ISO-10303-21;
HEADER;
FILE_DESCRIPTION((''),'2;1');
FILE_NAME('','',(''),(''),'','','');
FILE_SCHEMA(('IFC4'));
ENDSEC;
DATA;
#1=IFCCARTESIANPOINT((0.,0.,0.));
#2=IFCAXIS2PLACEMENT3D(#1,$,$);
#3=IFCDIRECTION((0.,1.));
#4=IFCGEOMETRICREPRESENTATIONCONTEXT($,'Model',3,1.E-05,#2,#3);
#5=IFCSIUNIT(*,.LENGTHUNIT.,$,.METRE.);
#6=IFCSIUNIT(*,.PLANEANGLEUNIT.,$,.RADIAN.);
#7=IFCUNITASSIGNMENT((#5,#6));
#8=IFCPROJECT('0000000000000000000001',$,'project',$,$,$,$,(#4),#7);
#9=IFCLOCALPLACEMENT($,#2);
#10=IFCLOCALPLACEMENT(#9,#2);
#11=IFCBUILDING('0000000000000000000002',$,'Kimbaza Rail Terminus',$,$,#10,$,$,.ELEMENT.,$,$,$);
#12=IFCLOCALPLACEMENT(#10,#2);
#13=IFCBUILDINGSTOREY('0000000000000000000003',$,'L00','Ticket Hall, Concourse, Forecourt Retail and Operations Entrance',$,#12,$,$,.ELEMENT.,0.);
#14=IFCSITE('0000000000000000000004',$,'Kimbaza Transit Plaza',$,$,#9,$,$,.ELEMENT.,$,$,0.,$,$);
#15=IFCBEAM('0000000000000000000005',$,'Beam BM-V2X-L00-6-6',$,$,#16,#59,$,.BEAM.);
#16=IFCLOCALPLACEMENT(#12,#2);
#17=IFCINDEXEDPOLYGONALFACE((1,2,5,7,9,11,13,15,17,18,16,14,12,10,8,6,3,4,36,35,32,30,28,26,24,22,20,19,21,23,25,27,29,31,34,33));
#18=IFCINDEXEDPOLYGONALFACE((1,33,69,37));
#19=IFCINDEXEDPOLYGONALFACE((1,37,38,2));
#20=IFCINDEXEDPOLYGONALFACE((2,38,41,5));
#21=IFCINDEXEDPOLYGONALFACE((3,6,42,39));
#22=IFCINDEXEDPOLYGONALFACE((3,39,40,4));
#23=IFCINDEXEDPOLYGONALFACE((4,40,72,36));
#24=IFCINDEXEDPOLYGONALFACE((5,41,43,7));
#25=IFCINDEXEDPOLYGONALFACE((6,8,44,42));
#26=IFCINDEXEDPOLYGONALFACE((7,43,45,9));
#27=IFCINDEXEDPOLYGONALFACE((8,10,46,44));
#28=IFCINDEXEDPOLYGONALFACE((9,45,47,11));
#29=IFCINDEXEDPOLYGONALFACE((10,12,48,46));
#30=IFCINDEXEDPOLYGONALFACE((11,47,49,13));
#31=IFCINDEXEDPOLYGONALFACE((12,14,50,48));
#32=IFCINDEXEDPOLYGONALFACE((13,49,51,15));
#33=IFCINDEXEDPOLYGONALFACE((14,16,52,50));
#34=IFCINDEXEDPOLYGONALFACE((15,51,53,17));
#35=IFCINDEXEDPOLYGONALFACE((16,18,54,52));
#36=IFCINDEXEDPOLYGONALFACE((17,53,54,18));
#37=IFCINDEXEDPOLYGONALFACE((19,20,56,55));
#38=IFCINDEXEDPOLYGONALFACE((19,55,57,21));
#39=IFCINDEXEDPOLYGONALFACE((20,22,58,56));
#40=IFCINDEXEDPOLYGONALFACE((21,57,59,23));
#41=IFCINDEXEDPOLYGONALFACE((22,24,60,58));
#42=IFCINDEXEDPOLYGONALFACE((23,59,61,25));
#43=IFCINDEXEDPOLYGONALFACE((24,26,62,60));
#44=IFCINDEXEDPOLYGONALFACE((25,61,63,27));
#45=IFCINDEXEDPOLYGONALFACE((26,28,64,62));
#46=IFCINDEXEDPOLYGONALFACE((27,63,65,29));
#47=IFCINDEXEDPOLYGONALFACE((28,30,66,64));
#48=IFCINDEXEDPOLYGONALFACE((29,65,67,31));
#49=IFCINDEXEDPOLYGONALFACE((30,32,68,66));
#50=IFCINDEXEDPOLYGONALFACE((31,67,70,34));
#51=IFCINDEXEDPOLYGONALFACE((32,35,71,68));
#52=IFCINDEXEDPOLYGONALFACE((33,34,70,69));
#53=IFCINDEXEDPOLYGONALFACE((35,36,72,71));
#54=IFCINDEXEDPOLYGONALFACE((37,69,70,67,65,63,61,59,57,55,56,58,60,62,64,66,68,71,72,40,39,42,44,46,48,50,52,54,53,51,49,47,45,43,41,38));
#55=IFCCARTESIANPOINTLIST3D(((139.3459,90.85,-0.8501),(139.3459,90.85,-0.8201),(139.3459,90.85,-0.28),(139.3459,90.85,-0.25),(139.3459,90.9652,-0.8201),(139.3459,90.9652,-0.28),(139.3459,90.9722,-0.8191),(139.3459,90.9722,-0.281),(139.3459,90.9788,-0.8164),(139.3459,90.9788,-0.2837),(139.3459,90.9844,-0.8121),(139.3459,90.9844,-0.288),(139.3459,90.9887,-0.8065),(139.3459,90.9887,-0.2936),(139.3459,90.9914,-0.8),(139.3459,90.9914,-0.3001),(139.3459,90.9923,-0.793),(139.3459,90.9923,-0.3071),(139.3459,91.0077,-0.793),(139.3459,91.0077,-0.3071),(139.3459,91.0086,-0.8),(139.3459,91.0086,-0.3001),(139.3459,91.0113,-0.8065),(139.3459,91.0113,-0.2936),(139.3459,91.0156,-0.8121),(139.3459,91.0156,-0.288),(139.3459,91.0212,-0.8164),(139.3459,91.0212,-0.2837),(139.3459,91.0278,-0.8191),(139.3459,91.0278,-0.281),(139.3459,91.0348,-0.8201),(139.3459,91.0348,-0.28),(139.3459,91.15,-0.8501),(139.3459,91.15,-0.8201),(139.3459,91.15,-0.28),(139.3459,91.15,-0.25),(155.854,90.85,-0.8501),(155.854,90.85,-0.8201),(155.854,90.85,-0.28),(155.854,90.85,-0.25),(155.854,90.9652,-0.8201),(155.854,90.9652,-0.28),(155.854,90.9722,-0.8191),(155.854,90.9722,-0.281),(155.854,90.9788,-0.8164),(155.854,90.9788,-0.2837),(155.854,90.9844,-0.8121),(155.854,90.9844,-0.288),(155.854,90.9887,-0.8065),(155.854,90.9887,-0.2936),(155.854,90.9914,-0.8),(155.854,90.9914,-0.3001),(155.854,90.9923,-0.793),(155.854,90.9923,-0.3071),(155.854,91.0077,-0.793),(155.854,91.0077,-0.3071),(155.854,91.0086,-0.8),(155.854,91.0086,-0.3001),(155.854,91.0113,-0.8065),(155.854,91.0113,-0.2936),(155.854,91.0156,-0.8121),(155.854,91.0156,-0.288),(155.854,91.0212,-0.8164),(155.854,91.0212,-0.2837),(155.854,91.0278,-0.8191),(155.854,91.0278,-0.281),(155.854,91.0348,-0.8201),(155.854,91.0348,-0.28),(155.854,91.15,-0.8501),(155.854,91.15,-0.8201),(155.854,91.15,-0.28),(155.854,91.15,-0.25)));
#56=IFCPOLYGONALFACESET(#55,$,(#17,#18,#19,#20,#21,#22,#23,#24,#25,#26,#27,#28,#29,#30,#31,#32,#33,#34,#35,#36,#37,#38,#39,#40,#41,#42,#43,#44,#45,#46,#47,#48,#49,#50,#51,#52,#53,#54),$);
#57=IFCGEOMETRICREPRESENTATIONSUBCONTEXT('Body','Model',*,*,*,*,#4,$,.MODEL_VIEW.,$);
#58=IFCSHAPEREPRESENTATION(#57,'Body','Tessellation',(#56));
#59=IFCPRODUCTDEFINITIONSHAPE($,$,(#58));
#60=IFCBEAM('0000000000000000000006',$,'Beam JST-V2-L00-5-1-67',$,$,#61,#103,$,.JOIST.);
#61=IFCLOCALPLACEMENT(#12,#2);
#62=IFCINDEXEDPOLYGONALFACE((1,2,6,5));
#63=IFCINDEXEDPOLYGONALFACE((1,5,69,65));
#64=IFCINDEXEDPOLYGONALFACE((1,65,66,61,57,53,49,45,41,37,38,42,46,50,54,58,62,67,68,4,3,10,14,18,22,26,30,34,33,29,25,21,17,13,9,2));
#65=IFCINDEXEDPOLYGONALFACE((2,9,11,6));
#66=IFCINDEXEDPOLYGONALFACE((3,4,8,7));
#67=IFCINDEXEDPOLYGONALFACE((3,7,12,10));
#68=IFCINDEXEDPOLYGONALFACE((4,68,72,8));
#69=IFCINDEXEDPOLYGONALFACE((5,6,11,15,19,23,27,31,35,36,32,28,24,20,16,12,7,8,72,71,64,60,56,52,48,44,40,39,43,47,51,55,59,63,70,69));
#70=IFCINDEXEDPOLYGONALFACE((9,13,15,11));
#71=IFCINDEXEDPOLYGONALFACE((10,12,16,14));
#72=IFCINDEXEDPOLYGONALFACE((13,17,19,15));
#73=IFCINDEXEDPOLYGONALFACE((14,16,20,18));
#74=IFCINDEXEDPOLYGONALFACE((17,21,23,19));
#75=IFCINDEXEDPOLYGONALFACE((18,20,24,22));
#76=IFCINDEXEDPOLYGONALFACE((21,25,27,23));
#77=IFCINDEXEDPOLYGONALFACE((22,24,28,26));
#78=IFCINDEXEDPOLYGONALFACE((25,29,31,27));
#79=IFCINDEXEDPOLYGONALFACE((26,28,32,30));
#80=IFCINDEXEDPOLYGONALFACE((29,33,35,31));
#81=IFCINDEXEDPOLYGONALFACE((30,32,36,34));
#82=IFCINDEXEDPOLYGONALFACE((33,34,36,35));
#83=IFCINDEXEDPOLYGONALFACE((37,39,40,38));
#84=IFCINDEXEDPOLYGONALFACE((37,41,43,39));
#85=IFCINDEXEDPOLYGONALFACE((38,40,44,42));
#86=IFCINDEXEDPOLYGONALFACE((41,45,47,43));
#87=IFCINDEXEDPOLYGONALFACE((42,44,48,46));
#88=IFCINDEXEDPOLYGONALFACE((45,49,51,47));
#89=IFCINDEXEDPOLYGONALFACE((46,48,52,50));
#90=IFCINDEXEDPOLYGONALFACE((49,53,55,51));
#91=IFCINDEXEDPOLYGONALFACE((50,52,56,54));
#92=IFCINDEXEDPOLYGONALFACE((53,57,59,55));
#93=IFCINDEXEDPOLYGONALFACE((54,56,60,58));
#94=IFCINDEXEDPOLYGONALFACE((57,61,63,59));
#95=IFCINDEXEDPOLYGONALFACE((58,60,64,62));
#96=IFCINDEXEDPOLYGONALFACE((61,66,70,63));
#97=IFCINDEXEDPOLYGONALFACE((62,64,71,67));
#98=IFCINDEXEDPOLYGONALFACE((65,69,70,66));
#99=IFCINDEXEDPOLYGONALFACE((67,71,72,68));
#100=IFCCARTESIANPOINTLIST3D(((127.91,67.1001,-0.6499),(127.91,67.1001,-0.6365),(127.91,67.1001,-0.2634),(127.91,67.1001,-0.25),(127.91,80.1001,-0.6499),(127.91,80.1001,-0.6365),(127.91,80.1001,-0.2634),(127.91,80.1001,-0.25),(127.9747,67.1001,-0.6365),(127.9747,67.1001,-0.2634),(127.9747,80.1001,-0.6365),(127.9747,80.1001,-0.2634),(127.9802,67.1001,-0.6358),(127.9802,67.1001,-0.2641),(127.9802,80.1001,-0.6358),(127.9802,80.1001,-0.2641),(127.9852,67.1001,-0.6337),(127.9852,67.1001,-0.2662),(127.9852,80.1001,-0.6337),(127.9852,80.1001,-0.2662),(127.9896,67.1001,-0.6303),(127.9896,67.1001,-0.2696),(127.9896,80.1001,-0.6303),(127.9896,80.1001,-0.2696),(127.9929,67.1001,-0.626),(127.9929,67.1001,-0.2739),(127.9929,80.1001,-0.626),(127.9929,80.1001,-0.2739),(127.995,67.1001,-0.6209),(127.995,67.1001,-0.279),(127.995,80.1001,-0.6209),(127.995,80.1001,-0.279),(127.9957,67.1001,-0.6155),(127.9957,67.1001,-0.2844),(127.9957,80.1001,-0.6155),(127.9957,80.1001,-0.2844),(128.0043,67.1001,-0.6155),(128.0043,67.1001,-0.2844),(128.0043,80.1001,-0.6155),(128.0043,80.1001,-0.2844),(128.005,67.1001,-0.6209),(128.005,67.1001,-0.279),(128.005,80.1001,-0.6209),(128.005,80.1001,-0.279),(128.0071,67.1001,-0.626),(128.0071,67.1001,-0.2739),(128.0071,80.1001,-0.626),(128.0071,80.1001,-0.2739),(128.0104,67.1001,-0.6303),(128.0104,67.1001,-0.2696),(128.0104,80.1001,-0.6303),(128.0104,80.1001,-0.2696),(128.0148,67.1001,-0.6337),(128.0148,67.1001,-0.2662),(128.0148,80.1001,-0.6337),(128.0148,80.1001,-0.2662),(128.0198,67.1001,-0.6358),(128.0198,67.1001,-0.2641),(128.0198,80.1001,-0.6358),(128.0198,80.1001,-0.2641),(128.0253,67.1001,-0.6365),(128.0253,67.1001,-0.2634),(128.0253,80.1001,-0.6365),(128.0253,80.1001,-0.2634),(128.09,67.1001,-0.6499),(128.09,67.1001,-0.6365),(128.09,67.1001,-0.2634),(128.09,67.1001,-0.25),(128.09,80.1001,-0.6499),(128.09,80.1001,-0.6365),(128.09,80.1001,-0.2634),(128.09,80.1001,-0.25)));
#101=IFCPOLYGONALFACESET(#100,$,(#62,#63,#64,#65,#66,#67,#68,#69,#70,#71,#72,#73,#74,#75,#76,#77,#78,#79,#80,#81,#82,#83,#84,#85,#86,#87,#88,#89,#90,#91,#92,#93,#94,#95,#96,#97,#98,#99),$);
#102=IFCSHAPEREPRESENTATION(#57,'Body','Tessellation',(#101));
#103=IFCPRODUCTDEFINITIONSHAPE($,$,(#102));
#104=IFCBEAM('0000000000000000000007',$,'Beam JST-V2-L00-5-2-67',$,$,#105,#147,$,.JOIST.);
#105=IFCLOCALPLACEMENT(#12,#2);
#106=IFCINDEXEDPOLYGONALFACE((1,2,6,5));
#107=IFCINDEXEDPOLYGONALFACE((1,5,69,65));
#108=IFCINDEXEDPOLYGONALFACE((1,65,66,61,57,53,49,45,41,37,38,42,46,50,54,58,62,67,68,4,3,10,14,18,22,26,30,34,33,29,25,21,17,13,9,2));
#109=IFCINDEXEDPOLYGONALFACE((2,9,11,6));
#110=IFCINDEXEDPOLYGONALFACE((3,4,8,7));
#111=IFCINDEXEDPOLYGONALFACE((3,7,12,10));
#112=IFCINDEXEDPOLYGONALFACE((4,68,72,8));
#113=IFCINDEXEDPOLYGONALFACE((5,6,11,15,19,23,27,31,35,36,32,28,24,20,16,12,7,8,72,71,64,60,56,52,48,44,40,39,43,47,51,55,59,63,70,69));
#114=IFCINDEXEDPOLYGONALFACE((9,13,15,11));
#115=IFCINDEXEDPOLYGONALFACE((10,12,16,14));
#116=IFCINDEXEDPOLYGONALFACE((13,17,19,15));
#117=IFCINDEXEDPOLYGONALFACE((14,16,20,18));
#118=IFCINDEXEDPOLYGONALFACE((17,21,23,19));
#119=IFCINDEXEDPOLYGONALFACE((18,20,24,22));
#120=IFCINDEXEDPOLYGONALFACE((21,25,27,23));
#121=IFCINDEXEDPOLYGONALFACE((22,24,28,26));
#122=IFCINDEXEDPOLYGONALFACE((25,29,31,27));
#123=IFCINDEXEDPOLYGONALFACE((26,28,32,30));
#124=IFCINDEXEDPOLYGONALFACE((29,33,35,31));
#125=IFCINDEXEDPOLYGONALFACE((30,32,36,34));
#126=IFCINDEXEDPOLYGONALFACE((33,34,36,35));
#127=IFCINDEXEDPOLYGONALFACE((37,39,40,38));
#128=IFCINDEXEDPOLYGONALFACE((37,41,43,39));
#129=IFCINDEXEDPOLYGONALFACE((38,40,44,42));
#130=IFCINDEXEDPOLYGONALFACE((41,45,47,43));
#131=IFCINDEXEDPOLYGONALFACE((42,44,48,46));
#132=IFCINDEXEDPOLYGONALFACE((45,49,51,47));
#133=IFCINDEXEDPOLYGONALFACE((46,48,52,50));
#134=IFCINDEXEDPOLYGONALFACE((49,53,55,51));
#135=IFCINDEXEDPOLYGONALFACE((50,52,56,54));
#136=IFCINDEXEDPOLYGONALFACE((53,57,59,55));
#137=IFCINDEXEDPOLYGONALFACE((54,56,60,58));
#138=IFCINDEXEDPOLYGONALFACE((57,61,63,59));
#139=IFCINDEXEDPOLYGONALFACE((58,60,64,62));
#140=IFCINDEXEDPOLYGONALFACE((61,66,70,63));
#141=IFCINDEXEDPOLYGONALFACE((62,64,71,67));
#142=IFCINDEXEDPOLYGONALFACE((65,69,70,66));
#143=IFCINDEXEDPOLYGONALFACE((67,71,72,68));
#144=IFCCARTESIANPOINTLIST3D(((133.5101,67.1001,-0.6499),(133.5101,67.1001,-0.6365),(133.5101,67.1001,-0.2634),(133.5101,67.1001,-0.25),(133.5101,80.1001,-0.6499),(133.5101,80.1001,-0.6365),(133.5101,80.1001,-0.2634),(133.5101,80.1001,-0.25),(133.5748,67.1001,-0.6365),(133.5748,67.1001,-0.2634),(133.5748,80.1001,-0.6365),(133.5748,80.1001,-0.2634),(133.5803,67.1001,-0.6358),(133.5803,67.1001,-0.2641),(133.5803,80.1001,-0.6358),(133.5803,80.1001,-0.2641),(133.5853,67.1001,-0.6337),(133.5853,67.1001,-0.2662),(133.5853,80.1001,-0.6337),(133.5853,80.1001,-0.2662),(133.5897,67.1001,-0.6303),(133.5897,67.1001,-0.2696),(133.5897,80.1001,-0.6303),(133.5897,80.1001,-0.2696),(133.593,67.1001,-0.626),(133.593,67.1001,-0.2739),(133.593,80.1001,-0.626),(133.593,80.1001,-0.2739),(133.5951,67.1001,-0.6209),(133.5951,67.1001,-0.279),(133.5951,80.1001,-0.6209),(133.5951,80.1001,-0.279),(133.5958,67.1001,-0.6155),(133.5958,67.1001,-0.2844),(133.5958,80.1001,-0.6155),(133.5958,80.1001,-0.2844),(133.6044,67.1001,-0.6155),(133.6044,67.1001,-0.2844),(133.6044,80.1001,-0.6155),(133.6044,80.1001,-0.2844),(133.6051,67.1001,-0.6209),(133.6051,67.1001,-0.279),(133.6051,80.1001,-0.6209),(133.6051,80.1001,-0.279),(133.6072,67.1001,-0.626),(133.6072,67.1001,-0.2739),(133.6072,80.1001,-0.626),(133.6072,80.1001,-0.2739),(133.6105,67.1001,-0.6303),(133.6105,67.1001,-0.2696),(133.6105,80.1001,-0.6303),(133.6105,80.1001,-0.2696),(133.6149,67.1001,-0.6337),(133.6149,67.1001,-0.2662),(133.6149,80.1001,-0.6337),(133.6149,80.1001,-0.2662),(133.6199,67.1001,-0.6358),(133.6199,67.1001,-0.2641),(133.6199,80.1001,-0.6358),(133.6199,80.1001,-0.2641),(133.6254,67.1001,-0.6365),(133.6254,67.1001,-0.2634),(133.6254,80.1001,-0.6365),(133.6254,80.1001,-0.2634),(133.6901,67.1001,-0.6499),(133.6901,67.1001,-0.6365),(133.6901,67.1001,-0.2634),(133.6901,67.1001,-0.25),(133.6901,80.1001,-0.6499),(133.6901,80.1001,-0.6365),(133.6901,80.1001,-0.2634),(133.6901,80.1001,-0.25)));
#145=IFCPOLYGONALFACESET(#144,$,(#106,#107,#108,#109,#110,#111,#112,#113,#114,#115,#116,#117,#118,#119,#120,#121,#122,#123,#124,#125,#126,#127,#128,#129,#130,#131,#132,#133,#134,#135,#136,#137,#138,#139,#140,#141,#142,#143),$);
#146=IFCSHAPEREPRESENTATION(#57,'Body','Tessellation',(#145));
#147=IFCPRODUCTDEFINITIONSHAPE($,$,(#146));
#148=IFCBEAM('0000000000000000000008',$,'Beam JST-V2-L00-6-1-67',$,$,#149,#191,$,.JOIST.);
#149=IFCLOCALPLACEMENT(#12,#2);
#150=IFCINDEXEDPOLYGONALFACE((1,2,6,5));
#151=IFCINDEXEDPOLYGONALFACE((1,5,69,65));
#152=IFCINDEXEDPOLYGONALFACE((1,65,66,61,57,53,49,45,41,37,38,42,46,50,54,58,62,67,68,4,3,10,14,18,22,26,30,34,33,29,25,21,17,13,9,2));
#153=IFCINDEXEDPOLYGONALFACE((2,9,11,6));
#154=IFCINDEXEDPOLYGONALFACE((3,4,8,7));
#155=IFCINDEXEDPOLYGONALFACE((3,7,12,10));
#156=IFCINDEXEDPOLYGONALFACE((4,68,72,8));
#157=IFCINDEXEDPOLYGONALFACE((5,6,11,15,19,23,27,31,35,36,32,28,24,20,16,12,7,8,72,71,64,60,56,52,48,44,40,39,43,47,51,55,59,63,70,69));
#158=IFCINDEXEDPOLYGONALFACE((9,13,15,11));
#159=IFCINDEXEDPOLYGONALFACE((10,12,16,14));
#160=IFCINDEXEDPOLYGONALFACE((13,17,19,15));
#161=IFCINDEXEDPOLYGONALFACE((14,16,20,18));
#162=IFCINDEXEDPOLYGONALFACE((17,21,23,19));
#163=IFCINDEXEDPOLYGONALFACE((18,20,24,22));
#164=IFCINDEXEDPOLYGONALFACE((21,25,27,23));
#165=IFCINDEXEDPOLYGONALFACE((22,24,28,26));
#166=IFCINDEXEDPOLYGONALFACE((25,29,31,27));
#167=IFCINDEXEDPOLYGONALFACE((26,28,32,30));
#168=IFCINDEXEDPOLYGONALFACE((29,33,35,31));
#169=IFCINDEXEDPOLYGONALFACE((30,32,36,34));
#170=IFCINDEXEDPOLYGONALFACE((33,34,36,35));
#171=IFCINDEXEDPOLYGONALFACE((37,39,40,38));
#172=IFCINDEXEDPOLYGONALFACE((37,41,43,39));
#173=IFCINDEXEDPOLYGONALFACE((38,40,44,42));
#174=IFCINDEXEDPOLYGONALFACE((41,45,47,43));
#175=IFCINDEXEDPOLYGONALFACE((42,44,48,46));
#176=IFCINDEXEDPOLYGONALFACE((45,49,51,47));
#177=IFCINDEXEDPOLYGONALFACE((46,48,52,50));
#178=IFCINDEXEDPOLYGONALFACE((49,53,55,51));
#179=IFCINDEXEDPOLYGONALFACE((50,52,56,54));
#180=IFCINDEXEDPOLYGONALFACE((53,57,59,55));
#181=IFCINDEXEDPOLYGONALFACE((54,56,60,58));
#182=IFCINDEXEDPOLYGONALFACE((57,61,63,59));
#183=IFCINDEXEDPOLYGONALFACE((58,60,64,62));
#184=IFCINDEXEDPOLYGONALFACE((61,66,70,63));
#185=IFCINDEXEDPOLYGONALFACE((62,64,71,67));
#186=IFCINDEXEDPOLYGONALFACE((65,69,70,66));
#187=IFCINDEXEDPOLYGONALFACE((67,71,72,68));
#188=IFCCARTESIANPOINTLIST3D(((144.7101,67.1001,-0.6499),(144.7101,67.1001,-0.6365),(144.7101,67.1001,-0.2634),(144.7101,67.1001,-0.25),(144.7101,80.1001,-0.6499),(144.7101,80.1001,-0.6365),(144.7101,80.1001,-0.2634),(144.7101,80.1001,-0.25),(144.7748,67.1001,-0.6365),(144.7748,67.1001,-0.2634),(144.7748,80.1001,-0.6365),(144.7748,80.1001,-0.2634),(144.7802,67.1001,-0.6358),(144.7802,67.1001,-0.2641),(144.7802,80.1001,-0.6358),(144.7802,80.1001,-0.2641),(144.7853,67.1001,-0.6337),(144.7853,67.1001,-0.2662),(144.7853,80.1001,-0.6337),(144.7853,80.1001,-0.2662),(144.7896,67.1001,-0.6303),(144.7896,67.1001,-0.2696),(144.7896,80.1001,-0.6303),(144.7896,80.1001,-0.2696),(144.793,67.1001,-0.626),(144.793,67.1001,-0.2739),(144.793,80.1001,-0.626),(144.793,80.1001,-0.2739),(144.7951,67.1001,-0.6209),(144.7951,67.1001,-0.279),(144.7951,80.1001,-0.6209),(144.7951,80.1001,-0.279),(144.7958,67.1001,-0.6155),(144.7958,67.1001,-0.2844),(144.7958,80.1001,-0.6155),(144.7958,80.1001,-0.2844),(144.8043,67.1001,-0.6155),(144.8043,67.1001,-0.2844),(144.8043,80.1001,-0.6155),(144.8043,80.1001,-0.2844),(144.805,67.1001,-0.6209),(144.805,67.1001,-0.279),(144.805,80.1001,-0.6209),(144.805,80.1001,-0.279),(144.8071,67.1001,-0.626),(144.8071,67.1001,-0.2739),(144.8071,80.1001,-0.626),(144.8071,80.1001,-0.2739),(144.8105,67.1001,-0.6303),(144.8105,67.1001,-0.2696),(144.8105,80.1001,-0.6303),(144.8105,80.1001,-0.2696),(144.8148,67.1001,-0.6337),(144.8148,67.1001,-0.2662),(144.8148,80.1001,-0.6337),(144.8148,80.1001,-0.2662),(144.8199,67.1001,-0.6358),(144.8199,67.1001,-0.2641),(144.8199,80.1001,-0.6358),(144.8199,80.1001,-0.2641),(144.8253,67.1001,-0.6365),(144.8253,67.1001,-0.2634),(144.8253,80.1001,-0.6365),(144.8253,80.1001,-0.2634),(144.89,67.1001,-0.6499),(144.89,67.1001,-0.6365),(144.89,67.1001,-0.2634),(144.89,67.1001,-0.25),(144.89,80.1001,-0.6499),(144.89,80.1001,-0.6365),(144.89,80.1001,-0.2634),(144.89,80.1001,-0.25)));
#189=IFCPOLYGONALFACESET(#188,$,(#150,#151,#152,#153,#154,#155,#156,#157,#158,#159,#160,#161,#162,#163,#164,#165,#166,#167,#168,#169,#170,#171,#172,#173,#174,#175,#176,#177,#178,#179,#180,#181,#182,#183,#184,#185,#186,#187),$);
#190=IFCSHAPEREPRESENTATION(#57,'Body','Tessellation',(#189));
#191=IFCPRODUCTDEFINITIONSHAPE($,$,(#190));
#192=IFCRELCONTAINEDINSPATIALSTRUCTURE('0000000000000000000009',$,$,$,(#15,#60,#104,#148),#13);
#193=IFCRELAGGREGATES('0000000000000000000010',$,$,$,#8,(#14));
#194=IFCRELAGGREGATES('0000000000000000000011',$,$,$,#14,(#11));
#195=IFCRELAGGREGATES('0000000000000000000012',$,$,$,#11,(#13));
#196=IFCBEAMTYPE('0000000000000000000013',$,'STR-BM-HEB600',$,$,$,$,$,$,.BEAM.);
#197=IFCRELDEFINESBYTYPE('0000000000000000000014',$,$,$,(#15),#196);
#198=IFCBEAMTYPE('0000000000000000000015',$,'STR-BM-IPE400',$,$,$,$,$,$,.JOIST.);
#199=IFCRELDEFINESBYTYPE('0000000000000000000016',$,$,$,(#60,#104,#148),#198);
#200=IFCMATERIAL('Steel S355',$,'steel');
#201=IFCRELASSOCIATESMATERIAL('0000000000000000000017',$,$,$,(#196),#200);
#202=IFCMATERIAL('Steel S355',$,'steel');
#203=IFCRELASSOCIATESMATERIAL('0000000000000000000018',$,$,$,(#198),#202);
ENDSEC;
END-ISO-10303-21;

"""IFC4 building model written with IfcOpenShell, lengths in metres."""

from ifc_helpers import new_model, si_unit, direction, frame, origin, origin_2d, place, context, subcontext, project, spatial, i_section, extrude, material, material_profile, profile_set, type_object, element, save


model = new_model("IFC4")

# Units and contexts
model_context = context("Model", 3, precision=1e-05, world=origin(), true_north=direction((0.0, 1.0)))
body_context = subcontext(model_context, "Body", "Model", "MODEL_VIEW")
ifc_project = project(units=[si_unit("LENGTHUNIT", "METRE"), si_unit("PLANEANGLEUNIT", "RADIAN")], contexts=[model_context])

# Site, building, storey
site_placement = place(None, origin())
site = spatial("IfcSite", under=ifc_project, at=site_placement, Name="Kimbaza Transit Plaza", CompositionType="ELEMENT", RefElevation=0.0)
building_placement = place(site_placement, origin())
building = spatial("IfcBuilding", under=site, at=building_placement, Name="Kimbaza Rail Terminus", CompositionType="ELEMENT")
storey_placement = place(building_placement, origin())
storey = spatial("IfcBuildingStorey", under=building, at=storey_placement, Name="L00", Description="Ticket Hall, Concourse, Forecourt Retail and Operations Entrance", CompositionType="ELEMENT", Elevation=0.0)

# Beams
ifc_material_1 = material(Name="Steel S355", Category="steel")
ifc_material_profile_1 = material_profile(ifc_material_1, i_section(OverallWidth=0.3, OverallDepth=0.6001, WebThickness=0.0154, FlangeThickness=0.03, FilletRadius=0.0271, at=origin_2d()), Name="HEB 600")
ifc_profile_set_1 = profile_set([ifc_material_profile_1], Name="Steel S355")
beam_type_1 = type_object("IfcBeamType", Name="STR-BM-HEB600", PredefinedType="BEAM", material=ifc_profile_set_1)
for number, where, z_axis, x_axis, name in (
    (1, (139.3459, 91.0, -0.55), (1.0, 0.0, 0.0), (0.0, 1.0, 0.0), "Beam BM-V2X-L00-6-6"),
):
    element("IfcBeam", number, at=place(storey_placement, frame(where, z_axis=z_axis, x_axis=x_axis)), inside=storey, type_object=beam_type_1, Name=name, PredefinedType="BEAM", context=body_context, shape_type="SweptSolid", body=[
        extrude(i_section(OverallWidth=0.3, OverallDepth=0.6001, WebThickness=0.0154, FlangeThickness=0.03, FilletRadius=0.0271, at=origin_2d()), origin(), (0.0, 0.0, 1.0), 16.5081),
    ])
ifc_material_2 = material(Name="Steel S355", Category="steel")
ifc_material_profile_2 = material_profile(ifc_material_2, i_section(OverallWidth=0.1799, OverallDepth=0.3999, WebThickness=0.0085, FlangeThickness=0.0134, FilletRadius=0.021, at=origin_2d()), Name="IPE 400")
ifc_profile_set_2 = profile_set([ifc_material_profile_2], Name="Steel S355")
beam_type_2 = type_object("IfcBeamType", Name="STR-BM-IPE400", PredefinedType="JOIST", material=ifc_profile_set_2)
for number, where, z_axis, x_axis, name in (
    (2, (128.0, 67.1001, -0.45), (0.0, 1.0, 0.0), (-1.0, 0.0, 0.0), "Beam JST-V2-L00-5-1-67"),
    (3, (133.6001, 67.1001, -0.45), (0.0, 1.0, 0.0), (-1.0, 0.0, 0.0), "Beam JST-V2-L00-5-2-67"),
    (4, (144.8, 67.1001, -0.45), (0.0, 1.0, 0.0), (-1.0, 0.0, 0.0), "Beam JST-V2-L00-6-1-67"),
):
    element("IfcBeam", number, at=place(storey_placement, frame(where, z_axis=z_axis, x_axis=x_axis)), inside=storey, type_object=beam_type_2, Name=name, PredefinedType="JOIST", context=body_context, shape_type="SweptSolid", body=[
        extrude(i_section(OverallWidth=0.1799, OverallDepth=0.3999, WebThickness=0.0085, FlangeThickness=0.0134, FilletRadius=0.021, at=origin_2d()), origin(), (0.0, 0.0, 1.0), 13.0),
    ])

save(model, "model.ifc")
